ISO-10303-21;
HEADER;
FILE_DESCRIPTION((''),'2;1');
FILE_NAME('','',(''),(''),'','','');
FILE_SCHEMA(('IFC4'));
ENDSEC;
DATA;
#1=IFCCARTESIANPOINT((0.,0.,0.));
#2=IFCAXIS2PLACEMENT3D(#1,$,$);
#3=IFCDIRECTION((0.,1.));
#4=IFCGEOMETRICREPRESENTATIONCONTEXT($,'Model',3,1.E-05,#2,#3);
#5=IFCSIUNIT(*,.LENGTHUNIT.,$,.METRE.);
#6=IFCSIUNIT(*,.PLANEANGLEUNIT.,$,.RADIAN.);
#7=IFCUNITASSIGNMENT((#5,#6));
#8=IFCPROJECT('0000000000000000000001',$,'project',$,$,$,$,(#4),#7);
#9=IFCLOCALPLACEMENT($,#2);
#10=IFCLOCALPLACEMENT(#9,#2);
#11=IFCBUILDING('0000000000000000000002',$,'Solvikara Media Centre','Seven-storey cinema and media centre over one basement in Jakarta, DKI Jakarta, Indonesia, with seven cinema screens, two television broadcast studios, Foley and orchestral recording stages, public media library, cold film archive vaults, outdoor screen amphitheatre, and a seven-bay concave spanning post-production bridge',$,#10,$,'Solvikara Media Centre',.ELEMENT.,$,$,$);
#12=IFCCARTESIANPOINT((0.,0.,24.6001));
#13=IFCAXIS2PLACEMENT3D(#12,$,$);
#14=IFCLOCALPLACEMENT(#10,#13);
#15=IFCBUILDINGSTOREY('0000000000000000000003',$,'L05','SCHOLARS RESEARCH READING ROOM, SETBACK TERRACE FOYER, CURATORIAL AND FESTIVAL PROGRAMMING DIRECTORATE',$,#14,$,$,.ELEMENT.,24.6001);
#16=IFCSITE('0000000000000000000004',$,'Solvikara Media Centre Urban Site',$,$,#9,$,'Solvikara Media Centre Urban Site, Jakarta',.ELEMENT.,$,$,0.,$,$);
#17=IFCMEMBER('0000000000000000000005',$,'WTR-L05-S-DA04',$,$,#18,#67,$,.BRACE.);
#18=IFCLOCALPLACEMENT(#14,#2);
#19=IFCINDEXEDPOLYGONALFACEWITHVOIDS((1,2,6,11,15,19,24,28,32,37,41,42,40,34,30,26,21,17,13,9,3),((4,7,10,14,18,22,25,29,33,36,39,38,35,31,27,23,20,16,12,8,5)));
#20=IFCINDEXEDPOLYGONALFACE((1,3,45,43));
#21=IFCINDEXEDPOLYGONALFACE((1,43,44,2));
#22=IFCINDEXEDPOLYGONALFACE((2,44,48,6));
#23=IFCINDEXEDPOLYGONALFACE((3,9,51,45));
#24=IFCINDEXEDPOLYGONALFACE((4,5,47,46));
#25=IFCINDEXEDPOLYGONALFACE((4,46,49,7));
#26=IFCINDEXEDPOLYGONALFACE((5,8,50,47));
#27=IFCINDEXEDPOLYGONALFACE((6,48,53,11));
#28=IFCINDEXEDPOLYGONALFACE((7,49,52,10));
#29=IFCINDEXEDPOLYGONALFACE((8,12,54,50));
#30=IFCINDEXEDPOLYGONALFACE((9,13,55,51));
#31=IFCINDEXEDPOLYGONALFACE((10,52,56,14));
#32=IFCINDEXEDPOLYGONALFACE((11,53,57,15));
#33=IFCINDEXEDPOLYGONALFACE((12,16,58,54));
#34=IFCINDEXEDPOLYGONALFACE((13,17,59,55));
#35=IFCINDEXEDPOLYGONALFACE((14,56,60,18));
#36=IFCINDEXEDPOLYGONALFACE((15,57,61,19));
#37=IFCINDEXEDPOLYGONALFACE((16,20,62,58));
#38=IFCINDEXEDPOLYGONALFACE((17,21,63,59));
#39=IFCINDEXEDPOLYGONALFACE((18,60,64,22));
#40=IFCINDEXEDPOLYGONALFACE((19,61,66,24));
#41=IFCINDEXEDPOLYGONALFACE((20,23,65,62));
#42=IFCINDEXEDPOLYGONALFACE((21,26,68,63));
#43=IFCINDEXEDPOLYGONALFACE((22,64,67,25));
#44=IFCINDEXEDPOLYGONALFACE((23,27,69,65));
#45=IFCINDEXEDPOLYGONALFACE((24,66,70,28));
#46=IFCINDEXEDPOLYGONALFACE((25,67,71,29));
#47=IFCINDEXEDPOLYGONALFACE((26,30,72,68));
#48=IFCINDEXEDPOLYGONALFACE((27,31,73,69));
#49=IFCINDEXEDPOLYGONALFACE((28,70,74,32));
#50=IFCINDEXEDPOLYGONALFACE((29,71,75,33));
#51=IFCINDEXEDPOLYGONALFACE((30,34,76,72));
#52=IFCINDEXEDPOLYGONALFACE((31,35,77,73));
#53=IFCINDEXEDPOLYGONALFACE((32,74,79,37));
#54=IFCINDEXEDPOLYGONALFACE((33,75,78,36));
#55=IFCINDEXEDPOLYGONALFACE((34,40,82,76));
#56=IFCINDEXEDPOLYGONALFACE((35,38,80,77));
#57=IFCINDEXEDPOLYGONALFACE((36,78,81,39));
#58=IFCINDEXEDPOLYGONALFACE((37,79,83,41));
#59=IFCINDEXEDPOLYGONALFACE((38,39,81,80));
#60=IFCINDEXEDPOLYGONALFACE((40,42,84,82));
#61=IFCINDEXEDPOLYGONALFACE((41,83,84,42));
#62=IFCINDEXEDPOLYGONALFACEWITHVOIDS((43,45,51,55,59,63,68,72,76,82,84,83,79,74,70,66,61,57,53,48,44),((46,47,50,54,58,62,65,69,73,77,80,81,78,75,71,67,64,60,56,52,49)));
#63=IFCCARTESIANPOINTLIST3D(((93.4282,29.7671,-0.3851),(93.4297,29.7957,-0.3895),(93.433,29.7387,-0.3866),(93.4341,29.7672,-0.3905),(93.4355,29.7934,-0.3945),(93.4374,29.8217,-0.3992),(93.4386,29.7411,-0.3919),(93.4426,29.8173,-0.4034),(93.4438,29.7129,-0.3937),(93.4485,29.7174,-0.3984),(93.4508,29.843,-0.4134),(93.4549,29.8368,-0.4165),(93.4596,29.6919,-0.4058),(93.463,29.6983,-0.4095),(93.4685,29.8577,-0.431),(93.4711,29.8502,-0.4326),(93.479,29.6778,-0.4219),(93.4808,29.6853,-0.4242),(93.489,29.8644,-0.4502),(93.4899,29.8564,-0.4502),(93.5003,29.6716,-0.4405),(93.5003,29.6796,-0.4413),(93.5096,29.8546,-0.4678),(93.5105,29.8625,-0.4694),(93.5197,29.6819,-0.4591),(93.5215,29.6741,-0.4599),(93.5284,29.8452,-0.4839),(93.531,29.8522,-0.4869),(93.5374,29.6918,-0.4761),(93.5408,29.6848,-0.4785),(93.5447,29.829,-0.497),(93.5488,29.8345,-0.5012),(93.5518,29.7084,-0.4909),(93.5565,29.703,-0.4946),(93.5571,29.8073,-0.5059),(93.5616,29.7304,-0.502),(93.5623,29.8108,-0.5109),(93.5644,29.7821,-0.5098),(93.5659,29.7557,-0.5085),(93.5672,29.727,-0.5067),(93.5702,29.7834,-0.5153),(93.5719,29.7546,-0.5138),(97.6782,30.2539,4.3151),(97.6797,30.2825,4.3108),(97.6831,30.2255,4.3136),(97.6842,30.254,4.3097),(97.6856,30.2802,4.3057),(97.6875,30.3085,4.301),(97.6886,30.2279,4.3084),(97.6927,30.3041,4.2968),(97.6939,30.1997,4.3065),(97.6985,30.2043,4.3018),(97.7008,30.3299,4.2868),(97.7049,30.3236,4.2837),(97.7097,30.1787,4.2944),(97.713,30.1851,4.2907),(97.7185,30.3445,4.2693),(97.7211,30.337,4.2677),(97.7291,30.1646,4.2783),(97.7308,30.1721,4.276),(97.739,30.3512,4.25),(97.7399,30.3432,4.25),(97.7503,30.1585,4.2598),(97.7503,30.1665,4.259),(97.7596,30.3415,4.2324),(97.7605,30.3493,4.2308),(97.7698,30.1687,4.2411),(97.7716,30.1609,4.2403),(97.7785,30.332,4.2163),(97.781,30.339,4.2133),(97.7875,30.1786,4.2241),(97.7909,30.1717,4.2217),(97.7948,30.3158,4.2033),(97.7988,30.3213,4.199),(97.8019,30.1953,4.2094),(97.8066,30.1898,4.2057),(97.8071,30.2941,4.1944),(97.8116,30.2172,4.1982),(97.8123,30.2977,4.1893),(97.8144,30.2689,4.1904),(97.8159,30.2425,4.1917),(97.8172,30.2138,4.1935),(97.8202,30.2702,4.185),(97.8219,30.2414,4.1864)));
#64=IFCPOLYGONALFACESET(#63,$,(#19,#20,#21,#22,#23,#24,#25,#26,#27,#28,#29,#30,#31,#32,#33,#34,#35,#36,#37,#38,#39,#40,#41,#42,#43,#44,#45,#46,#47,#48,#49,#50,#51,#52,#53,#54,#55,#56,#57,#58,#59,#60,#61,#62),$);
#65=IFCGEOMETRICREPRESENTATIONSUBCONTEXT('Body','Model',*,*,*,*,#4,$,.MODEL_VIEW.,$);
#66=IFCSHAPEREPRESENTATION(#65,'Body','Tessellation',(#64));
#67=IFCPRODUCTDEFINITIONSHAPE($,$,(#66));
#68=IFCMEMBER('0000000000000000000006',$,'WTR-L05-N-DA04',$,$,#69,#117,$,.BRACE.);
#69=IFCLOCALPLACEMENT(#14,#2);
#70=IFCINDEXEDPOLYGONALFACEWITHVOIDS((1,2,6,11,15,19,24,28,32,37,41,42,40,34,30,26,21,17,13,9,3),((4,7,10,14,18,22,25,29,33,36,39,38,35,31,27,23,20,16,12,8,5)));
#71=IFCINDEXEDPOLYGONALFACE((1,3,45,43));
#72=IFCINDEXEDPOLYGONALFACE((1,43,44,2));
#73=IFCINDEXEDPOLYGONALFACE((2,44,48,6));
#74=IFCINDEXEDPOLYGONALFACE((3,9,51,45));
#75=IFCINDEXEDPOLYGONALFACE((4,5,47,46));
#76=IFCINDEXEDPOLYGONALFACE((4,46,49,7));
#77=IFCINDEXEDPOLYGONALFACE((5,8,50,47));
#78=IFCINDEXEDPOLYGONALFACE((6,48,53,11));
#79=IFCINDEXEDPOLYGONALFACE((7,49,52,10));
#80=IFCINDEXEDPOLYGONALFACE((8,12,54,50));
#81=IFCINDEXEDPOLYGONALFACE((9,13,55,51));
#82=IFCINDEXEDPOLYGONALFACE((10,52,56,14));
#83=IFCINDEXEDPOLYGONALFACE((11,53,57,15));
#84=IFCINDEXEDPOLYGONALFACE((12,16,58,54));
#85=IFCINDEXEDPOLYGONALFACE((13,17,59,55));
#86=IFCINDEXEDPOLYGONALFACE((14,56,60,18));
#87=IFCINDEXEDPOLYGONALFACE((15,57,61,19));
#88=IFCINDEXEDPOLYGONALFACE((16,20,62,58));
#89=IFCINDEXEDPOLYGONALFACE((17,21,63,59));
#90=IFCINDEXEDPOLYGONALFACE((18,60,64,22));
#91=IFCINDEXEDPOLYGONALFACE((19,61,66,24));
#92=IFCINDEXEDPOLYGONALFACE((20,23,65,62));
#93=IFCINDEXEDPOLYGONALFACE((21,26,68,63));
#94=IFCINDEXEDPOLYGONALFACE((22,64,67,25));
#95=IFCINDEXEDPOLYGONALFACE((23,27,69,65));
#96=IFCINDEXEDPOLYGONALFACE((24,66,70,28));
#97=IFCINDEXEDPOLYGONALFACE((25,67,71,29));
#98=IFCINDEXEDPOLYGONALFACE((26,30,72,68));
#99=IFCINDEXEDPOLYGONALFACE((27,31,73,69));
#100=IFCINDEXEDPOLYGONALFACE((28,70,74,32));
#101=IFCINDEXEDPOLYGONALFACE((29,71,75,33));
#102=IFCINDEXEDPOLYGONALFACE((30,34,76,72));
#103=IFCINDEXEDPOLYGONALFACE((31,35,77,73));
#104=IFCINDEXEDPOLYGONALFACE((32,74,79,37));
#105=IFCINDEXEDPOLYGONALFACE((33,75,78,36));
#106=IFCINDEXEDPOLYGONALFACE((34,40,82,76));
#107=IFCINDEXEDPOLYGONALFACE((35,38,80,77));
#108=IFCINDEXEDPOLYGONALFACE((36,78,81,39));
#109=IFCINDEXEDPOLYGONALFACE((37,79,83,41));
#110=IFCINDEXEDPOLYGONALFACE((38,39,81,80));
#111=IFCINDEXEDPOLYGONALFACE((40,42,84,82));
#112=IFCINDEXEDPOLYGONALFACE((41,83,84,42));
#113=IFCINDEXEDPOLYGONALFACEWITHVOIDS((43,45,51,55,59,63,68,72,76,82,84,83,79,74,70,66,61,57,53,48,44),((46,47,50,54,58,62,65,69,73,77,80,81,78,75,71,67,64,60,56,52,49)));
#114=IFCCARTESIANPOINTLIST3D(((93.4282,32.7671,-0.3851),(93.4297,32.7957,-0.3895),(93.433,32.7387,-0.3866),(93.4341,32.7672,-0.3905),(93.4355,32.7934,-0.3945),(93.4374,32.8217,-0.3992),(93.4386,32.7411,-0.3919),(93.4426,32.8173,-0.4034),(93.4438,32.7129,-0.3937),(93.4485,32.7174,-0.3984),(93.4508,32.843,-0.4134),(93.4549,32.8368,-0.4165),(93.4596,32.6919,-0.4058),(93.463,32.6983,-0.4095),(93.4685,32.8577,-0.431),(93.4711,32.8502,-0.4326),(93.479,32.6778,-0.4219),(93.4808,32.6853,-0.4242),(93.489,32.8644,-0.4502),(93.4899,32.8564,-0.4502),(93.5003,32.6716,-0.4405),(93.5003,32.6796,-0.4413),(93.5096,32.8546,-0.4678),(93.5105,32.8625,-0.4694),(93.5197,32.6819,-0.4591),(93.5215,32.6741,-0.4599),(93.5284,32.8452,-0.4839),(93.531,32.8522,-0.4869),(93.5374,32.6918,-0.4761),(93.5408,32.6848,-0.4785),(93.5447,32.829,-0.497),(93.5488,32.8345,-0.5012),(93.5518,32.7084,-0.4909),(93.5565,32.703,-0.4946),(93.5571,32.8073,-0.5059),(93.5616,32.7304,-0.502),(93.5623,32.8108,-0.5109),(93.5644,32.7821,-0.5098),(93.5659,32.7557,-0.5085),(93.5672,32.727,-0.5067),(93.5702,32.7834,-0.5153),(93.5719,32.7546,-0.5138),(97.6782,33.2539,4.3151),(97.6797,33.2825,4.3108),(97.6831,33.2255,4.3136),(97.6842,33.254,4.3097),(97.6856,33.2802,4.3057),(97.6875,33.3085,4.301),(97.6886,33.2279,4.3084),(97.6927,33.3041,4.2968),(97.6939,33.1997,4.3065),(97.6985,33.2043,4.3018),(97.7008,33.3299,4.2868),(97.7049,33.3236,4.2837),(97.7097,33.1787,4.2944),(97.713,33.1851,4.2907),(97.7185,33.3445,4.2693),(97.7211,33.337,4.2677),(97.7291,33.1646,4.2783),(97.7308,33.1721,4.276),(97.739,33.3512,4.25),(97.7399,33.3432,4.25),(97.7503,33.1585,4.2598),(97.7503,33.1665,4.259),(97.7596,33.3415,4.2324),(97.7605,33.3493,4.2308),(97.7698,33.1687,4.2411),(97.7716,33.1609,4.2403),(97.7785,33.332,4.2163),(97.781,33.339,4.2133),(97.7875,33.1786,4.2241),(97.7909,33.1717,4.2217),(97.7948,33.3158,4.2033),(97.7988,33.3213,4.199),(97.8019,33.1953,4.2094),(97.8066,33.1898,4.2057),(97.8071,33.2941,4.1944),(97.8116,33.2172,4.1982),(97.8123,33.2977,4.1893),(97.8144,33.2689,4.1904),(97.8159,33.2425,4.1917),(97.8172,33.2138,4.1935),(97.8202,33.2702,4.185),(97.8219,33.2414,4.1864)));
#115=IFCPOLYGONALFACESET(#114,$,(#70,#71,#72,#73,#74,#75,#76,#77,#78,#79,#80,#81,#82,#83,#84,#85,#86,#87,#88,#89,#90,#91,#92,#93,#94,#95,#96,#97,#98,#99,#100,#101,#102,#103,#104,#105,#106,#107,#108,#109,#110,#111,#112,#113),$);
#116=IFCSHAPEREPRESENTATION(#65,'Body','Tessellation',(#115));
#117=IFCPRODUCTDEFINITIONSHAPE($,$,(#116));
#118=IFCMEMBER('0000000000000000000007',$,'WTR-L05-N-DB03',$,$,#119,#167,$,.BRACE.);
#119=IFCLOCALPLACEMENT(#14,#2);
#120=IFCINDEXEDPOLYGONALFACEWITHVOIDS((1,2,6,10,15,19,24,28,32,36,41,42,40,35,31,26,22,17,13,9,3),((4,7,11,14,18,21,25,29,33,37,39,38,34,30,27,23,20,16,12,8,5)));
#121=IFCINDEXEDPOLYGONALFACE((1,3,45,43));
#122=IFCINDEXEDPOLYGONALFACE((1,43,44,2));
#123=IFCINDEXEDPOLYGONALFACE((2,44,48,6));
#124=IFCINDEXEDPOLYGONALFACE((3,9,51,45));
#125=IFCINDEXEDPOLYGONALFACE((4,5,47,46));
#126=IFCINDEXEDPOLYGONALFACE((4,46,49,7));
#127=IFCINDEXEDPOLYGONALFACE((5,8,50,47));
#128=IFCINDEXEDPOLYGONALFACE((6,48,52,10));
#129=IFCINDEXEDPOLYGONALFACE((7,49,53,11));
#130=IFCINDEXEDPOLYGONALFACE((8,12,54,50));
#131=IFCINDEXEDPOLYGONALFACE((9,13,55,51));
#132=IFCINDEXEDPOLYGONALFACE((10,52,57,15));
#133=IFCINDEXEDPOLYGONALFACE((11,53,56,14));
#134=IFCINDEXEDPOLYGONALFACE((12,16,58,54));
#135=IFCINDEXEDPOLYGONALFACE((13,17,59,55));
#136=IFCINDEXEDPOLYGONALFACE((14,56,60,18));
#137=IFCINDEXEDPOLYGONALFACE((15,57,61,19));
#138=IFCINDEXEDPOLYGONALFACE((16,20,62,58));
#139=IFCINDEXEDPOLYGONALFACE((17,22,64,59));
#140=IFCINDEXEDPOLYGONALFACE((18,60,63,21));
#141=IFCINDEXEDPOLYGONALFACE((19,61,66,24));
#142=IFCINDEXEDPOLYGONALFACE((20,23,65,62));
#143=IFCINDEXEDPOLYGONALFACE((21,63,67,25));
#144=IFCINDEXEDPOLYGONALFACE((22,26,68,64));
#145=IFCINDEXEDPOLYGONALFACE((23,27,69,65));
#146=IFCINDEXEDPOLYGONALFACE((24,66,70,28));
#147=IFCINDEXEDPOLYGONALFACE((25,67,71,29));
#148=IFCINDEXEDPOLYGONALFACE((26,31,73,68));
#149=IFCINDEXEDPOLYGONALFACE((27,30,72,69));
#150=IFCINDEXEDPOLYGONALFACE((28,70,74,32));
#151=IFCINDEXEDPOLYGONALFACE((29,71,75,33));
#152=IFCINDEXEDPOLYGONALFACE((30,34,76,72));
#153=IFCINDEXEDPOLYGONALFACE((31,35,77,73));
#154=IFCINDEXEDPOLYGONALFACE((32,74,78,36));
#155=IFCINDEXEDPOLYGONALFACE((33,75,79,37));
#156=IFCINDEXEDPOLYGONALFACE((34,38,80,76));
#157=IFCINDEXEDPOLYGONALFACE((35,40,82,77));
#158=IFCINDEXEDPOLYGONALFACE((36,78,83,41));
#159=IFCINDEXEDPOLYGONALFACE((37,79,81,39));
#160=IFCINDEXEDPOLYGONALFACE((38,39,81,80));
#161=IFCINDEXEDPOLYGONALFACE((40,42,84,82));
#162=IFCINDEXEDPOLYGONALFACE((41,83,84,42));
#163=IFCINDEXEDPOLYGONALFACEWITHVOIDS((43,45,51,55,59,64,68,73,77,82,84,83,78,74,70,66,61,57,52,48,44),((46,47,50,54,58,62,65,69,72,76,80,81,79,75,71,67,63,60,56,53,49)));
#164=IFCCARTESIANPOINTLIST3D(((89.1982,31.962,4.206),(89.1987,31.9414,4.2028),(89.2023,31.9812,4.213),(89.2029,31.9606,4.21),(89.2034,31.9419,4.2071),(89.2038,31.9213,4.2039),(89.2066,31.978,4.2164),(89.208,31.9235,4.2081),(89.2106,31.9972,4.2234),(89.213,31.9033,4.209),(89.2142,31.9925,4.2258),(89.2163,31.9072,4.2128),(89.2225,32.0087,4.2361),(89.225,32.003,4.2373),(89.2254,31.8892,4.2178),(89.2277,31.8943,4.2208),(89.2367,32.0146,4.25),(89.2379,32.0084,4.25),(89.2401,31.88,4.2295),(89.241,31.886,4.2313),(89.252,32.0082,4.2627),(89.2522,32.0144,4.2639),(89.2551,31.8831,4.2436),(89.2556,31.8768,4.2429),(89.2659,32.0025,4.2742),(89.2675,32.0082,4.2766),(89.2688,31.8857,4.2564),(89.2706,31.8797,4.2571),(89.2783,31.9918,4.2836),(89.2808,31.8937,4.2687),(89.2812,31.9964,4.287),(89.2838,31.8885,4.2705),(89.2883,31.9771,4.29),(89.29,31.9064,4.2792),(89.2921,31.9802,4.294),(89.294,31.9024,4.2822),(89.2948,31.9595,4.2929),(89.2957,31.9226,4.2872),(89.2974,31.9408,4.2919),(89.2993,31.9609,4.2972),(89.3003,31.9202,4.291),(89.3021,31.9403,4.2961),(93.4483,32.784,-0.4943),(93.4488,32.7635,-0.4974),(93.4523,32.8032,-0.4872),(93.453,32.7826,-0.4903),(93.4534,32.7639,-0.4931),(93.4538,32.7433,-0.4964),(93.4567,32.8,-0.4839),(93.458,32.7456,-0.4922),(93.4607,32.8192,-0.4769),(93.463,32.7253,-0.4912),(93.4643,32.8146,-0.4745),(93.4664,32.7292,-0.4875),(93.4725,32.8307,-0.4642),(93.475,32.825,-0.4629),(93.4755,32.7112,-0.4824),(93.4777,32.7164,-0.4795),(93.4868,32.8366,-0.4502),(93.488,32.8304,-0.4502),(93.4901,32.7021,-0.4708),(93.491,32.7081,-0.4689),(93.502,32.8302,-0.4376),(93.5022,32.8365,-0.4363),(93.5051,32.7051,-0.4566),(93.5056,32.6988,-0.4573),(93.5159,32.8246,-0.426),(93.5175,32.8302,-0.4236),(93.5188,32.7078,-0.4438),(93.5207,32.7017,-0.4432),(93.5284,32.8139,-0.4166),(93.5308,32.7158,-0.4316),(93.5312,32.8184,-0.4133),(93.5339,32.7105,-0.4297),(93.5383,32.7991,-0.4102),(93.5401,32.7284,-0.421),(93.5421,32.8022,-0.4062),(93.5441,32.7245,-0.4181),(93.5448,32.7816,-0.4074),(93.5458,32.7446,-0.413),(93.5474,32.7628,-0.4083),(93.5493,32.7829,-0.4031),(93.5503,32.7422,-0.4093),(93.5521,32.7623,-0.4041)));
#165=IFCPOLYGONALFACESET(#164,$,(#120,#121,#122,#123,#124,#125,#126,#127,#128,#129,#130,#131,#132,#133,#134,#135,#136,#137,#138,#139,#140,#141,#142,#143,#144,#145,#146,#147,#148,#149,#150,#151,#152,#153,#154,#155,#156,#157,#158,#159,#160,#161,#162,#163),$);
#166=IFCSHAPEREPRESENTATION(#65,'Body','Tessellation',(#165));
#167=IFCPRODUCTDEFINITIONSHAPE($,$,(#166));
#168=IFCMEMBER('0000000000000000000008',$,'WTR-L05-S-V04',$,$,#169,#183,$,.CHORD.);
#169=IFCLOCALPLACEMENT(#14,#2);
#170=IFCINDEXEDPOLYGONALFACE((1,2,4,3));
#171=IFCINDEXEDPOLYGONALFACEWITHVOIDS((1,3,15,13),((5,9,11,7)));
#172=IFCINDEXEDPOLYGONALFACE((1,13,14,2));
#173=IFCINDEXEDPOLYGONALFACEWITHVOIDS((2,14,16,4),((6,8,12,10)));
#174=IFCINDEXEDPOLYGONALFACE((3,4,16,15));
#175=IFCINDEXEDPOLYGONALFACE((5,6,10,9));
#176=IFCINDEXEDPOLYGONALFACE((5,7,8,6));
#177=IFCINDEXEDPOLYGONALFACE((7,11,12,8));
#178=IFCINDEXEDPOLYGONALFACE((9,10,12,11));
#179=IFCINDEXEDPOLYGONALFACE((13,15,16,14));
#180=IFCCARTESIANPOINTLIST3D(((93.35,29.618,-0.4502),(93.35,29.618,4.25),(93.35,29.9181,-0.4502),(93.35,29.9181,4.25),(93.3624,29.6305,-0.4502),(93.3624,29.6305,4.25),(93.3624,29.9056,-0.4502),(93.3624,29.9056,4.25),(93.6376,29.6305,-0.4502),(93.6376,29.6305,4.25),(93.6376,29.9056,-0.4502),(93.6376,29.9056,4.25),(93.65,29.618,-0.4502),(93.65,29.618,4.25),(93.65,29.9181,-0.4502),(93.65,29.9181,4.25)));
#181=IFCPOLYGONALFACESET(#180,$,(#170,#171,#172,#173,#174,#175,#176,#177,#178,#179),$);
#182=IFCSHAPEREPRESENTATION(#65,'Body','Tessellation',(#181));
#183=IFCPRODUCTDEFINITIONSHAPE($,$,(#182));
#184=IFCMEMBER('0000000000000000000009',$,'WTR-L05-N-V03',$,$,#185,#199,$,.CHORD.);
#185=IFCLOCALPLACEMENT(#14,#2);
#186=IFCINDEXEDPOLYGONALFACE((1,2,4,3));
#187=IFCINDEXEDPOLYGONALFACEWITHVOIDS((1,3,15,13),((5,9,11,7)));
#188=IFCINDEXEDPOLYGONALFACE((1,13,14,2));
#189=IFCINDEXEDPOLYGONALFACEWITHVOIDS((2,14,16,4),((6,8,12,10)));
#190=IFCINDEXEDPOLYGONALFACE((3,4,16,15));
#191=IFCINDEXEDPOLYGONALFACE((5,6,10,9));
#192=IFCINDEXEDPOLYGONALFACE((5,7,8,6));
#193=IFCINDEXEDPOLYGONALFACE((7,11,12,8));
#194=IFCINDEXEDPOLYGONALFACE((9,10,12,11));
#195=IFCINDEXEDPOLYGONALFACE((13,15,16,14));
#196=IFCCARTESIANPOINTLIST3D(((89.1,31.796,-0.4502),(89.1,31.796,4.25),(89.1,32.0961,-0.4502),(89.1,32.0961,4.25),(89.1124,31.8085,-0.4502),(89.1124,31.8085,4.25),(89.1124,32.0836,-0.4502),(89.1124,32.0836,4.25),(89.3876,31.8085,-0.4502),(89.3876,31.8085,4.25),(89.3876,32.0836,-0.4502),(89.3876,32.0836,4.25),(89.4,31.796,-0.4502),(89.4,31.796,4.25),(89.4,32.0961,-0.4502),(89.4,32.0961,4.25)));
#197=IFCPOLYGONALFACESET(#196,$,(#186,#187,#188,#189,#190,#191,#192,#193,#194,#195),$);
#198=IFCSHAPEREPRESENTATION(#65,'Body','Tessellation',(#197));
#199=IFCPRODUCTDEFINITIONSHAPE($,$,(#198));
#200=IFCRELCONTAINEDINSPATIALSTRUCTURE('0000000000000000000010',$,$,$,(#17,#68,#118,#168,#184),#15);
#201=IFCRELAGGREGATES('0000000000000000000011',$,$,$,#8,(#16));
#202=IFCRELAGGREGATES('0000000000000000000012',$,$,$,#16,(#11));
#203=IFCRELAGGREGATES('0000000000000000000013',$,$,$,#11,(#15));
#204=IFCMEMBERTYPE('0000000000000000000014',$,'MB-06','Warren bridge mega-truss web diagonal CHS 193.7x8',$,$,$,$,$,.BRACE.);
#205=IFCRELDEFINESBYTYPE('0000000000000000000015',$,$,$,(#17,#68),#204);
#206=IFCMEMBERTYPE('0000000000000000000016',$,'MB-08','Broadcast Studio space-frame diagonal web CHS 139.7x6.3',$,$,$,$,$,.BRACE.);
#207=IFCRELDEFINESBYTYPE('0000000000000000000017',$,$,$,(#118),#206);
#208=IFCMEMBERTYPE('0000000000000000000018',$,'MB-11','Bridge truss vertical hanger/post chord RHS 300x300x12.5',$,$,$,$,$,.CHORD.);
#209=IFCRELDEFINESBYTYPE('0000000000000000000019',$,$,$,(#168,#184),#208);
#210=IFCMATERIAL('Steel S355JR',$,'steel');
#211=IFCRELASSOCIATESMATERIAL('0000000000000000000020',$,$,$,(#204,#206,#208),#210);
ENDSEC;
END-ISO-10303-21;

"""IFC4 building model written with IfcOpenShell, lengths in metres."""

from ifc_helpers import new_model, si_unit, direction, frame, origin, origin_2d, place, context, subcontext, project, spatial, hollow_rectangle, hollow_circle, extrude, material, material_profile, profile_set, type_object, element, save


model = new_model("IFC4")

# Units and contexts
model_context = context("Model", 3, precision=1e-05, world=origin(), true_north=direction((0.0, 1.0)))
body_context = subcontext(model_context, "Body", "Model", "MODEL_VIEW")
ifc_project = project(units=[si_unit("LENGTHUNIT", "METRE"), si_unit("PLANEANGLEUNIT", "RADIAN")], contexts=[model_context])

# Site, building, storey
site_placement = place(None, origin())
site = spatial("IfcSite", under=ifc_project, at=site_placement, Name="Solvikara Media Centre Urban Site", LongName="Solvikara Media Centre Urban Site, Jakarta", CompositionType="ELEMENT", RefElevation=0.0)
building_placement = place(site_placement, origin())
building = spatial("IfcBuilding", under=site, at=building_placement, Name="Solvikara Media Centre", Description="Seven-storey cinema and media centre over one basement in Jakarta, DKI Jakarta, Indonesia, with seven cinema screens, two television broadcast studios, Foley and orchestral recording stages, public media library, cold film archive vaults, outdoor screen amphitheatre, and a seven-bay concave spanning post-production bridge", LongName="Solvikara Media Centre", CompositionType="ELEMENT")
storey_placement = place(building_placement, frame((0.0, 0.0, 24.6001)))
storey = spatial("IfcBuildingStorey", under=building, at=storey_placement, Name="L05", Description="SCHOLARS RESEARCH READING ROOM, SETBACK TERRACE FOYER, CURATORIAL AND FESTIVAL PROGRAMMING DIRECTORATE", CompositionType="ELEMENT", Elevation=24.6001)

# Shared definitions
ifc_material_1 = material(Name="Steel S355JR", Category="steel")

# Members
ifc_material_profile_1 = material_profile(ifc_material_1, hollow_circle(Radius=0.0969, WallThickness=0.0081, at=origin_2d()), Name="CHS 193.7x8")
ifc_profile_set_1 = profile_set([ifc_material_profile_1], Name="Steel S355JR")
member_type_1 = type_object("IfcMemberType", Name="MB-06", Description="Warren bridge mega-truss web diagonal CHS 193.7x8", PredefinedType="BRACE", material=ifc_profile_set_1)
for number, where, z_axis, x_axis, name in (
    (1, (93.5, 29.7681, -0.4502), (0.668721, 0.076599, 0.739557), (-0.113801, 0.993504, 0.0), "WTR-L05-S-DA04"),
    (2, (93.5, 32.7681, -0.4502), (0.668721, 0.076599, 0.739557), (-0.113801, 0.993504, 0.0), "WTR-L05-N-DA04"),
):
    element("IfcMember", number, at=place(storey_placement, frame(where, z_axis=z_axis, x_axis=x_axis)), inside=storey, type_object=member_type_1, Name=name, PredefinedType="BRACE", context=body_context, shape_type="SweptSolid", body=[
        extrude(hollow_circle(Radius=0.0969, WallThickness=0.0081, at=origin_2d()), origin(), (0.0, 0.0, 1.0), 6.3555),
    ])
ifc_material_profile_2 = material_profile(ifc_material_1, hollow_circle(Radius=0.0698, WallThickness=0.0063, at=origin_2d()), Name="CHS 139.7x6.3")
ifc_profile_set_2 = profile_set([ifc_material_profile_2], Name="Steel S355JR")
member_type_2 = type_object("IfcMemberType", Name="MB-08", Description="Broadcast Studio space-frame diagonal web CHS 139.7x6.3", PredefinedType="BRACE", material=ifc_profile_set_2)
member_placement = place(storey_placement, frame((89.25, 31.946, 4.25), z_axis=(0.665118, 0.128645, -0.735573), x_axis=(-0.189897, 0.981804, 0.0)))
element("IfcMember", 3, at=member_placement, inside=storey, type_object=member_type_2, Name="WTR-L05-N-DB03", PredefinedType="BRACE", context=body_context, shape_type="SweptSolid", body=[
    extrude(hollow_circle(Radius=0.0698, WallThickness=0.0063, at=origin_2d()), origin(), (0.0, 0.0, 1.0), 6.3899),
])
ifc_material_profile_3 = material_profile(ifc_material_1, hollow_rectangle(XDim=0.3, YDim=0.3, WallThickness=0.0125, at=origin_2d()), Name="RHS 300x300x12.5")
ifc_profile_set_3 = profile_set([ifc_material_profile_3], Name="Steel S355JR")
member_type_3 = type_object("IfcMemberType", Name="MB-11", Description="Bridge truss vertical hanger/post chord RHS 300x300x12.5", PredefinedType="CHORD", material=ifc_profile_set_3)
for number, where, z_axis, x_axis, name in (
    (4, (93.5, 29.7681, -0.4502), (0.0, 0.0, 1.0), (1.0, 0.0, 0.0), "WTR-L05-S-V04"),
    (5, (89.25, 31.946, -0.4502), (0.0, 0.0, 1.0), (1.0, 0.0, 0.0), "WTR-L05-N-V03"),
):
    element("IfcMember", number, at=place(storey_placement, frame(where, z_axis=z_axis, x_axis=x_axis)), inside=storey, type_object=member_type_3, Name=name, PredefinedType="CHORD", context=body_context, shape_type="SweptSolid", body=[
        extrude(hollow_rectangle(XDim=0.3, YDim=0.3, WallThickness=0.0125, at=origin_2d()), origin(), (0.0, 0.0, 1.0), 4.7002),
    ])

save(model, "model.ifc")
